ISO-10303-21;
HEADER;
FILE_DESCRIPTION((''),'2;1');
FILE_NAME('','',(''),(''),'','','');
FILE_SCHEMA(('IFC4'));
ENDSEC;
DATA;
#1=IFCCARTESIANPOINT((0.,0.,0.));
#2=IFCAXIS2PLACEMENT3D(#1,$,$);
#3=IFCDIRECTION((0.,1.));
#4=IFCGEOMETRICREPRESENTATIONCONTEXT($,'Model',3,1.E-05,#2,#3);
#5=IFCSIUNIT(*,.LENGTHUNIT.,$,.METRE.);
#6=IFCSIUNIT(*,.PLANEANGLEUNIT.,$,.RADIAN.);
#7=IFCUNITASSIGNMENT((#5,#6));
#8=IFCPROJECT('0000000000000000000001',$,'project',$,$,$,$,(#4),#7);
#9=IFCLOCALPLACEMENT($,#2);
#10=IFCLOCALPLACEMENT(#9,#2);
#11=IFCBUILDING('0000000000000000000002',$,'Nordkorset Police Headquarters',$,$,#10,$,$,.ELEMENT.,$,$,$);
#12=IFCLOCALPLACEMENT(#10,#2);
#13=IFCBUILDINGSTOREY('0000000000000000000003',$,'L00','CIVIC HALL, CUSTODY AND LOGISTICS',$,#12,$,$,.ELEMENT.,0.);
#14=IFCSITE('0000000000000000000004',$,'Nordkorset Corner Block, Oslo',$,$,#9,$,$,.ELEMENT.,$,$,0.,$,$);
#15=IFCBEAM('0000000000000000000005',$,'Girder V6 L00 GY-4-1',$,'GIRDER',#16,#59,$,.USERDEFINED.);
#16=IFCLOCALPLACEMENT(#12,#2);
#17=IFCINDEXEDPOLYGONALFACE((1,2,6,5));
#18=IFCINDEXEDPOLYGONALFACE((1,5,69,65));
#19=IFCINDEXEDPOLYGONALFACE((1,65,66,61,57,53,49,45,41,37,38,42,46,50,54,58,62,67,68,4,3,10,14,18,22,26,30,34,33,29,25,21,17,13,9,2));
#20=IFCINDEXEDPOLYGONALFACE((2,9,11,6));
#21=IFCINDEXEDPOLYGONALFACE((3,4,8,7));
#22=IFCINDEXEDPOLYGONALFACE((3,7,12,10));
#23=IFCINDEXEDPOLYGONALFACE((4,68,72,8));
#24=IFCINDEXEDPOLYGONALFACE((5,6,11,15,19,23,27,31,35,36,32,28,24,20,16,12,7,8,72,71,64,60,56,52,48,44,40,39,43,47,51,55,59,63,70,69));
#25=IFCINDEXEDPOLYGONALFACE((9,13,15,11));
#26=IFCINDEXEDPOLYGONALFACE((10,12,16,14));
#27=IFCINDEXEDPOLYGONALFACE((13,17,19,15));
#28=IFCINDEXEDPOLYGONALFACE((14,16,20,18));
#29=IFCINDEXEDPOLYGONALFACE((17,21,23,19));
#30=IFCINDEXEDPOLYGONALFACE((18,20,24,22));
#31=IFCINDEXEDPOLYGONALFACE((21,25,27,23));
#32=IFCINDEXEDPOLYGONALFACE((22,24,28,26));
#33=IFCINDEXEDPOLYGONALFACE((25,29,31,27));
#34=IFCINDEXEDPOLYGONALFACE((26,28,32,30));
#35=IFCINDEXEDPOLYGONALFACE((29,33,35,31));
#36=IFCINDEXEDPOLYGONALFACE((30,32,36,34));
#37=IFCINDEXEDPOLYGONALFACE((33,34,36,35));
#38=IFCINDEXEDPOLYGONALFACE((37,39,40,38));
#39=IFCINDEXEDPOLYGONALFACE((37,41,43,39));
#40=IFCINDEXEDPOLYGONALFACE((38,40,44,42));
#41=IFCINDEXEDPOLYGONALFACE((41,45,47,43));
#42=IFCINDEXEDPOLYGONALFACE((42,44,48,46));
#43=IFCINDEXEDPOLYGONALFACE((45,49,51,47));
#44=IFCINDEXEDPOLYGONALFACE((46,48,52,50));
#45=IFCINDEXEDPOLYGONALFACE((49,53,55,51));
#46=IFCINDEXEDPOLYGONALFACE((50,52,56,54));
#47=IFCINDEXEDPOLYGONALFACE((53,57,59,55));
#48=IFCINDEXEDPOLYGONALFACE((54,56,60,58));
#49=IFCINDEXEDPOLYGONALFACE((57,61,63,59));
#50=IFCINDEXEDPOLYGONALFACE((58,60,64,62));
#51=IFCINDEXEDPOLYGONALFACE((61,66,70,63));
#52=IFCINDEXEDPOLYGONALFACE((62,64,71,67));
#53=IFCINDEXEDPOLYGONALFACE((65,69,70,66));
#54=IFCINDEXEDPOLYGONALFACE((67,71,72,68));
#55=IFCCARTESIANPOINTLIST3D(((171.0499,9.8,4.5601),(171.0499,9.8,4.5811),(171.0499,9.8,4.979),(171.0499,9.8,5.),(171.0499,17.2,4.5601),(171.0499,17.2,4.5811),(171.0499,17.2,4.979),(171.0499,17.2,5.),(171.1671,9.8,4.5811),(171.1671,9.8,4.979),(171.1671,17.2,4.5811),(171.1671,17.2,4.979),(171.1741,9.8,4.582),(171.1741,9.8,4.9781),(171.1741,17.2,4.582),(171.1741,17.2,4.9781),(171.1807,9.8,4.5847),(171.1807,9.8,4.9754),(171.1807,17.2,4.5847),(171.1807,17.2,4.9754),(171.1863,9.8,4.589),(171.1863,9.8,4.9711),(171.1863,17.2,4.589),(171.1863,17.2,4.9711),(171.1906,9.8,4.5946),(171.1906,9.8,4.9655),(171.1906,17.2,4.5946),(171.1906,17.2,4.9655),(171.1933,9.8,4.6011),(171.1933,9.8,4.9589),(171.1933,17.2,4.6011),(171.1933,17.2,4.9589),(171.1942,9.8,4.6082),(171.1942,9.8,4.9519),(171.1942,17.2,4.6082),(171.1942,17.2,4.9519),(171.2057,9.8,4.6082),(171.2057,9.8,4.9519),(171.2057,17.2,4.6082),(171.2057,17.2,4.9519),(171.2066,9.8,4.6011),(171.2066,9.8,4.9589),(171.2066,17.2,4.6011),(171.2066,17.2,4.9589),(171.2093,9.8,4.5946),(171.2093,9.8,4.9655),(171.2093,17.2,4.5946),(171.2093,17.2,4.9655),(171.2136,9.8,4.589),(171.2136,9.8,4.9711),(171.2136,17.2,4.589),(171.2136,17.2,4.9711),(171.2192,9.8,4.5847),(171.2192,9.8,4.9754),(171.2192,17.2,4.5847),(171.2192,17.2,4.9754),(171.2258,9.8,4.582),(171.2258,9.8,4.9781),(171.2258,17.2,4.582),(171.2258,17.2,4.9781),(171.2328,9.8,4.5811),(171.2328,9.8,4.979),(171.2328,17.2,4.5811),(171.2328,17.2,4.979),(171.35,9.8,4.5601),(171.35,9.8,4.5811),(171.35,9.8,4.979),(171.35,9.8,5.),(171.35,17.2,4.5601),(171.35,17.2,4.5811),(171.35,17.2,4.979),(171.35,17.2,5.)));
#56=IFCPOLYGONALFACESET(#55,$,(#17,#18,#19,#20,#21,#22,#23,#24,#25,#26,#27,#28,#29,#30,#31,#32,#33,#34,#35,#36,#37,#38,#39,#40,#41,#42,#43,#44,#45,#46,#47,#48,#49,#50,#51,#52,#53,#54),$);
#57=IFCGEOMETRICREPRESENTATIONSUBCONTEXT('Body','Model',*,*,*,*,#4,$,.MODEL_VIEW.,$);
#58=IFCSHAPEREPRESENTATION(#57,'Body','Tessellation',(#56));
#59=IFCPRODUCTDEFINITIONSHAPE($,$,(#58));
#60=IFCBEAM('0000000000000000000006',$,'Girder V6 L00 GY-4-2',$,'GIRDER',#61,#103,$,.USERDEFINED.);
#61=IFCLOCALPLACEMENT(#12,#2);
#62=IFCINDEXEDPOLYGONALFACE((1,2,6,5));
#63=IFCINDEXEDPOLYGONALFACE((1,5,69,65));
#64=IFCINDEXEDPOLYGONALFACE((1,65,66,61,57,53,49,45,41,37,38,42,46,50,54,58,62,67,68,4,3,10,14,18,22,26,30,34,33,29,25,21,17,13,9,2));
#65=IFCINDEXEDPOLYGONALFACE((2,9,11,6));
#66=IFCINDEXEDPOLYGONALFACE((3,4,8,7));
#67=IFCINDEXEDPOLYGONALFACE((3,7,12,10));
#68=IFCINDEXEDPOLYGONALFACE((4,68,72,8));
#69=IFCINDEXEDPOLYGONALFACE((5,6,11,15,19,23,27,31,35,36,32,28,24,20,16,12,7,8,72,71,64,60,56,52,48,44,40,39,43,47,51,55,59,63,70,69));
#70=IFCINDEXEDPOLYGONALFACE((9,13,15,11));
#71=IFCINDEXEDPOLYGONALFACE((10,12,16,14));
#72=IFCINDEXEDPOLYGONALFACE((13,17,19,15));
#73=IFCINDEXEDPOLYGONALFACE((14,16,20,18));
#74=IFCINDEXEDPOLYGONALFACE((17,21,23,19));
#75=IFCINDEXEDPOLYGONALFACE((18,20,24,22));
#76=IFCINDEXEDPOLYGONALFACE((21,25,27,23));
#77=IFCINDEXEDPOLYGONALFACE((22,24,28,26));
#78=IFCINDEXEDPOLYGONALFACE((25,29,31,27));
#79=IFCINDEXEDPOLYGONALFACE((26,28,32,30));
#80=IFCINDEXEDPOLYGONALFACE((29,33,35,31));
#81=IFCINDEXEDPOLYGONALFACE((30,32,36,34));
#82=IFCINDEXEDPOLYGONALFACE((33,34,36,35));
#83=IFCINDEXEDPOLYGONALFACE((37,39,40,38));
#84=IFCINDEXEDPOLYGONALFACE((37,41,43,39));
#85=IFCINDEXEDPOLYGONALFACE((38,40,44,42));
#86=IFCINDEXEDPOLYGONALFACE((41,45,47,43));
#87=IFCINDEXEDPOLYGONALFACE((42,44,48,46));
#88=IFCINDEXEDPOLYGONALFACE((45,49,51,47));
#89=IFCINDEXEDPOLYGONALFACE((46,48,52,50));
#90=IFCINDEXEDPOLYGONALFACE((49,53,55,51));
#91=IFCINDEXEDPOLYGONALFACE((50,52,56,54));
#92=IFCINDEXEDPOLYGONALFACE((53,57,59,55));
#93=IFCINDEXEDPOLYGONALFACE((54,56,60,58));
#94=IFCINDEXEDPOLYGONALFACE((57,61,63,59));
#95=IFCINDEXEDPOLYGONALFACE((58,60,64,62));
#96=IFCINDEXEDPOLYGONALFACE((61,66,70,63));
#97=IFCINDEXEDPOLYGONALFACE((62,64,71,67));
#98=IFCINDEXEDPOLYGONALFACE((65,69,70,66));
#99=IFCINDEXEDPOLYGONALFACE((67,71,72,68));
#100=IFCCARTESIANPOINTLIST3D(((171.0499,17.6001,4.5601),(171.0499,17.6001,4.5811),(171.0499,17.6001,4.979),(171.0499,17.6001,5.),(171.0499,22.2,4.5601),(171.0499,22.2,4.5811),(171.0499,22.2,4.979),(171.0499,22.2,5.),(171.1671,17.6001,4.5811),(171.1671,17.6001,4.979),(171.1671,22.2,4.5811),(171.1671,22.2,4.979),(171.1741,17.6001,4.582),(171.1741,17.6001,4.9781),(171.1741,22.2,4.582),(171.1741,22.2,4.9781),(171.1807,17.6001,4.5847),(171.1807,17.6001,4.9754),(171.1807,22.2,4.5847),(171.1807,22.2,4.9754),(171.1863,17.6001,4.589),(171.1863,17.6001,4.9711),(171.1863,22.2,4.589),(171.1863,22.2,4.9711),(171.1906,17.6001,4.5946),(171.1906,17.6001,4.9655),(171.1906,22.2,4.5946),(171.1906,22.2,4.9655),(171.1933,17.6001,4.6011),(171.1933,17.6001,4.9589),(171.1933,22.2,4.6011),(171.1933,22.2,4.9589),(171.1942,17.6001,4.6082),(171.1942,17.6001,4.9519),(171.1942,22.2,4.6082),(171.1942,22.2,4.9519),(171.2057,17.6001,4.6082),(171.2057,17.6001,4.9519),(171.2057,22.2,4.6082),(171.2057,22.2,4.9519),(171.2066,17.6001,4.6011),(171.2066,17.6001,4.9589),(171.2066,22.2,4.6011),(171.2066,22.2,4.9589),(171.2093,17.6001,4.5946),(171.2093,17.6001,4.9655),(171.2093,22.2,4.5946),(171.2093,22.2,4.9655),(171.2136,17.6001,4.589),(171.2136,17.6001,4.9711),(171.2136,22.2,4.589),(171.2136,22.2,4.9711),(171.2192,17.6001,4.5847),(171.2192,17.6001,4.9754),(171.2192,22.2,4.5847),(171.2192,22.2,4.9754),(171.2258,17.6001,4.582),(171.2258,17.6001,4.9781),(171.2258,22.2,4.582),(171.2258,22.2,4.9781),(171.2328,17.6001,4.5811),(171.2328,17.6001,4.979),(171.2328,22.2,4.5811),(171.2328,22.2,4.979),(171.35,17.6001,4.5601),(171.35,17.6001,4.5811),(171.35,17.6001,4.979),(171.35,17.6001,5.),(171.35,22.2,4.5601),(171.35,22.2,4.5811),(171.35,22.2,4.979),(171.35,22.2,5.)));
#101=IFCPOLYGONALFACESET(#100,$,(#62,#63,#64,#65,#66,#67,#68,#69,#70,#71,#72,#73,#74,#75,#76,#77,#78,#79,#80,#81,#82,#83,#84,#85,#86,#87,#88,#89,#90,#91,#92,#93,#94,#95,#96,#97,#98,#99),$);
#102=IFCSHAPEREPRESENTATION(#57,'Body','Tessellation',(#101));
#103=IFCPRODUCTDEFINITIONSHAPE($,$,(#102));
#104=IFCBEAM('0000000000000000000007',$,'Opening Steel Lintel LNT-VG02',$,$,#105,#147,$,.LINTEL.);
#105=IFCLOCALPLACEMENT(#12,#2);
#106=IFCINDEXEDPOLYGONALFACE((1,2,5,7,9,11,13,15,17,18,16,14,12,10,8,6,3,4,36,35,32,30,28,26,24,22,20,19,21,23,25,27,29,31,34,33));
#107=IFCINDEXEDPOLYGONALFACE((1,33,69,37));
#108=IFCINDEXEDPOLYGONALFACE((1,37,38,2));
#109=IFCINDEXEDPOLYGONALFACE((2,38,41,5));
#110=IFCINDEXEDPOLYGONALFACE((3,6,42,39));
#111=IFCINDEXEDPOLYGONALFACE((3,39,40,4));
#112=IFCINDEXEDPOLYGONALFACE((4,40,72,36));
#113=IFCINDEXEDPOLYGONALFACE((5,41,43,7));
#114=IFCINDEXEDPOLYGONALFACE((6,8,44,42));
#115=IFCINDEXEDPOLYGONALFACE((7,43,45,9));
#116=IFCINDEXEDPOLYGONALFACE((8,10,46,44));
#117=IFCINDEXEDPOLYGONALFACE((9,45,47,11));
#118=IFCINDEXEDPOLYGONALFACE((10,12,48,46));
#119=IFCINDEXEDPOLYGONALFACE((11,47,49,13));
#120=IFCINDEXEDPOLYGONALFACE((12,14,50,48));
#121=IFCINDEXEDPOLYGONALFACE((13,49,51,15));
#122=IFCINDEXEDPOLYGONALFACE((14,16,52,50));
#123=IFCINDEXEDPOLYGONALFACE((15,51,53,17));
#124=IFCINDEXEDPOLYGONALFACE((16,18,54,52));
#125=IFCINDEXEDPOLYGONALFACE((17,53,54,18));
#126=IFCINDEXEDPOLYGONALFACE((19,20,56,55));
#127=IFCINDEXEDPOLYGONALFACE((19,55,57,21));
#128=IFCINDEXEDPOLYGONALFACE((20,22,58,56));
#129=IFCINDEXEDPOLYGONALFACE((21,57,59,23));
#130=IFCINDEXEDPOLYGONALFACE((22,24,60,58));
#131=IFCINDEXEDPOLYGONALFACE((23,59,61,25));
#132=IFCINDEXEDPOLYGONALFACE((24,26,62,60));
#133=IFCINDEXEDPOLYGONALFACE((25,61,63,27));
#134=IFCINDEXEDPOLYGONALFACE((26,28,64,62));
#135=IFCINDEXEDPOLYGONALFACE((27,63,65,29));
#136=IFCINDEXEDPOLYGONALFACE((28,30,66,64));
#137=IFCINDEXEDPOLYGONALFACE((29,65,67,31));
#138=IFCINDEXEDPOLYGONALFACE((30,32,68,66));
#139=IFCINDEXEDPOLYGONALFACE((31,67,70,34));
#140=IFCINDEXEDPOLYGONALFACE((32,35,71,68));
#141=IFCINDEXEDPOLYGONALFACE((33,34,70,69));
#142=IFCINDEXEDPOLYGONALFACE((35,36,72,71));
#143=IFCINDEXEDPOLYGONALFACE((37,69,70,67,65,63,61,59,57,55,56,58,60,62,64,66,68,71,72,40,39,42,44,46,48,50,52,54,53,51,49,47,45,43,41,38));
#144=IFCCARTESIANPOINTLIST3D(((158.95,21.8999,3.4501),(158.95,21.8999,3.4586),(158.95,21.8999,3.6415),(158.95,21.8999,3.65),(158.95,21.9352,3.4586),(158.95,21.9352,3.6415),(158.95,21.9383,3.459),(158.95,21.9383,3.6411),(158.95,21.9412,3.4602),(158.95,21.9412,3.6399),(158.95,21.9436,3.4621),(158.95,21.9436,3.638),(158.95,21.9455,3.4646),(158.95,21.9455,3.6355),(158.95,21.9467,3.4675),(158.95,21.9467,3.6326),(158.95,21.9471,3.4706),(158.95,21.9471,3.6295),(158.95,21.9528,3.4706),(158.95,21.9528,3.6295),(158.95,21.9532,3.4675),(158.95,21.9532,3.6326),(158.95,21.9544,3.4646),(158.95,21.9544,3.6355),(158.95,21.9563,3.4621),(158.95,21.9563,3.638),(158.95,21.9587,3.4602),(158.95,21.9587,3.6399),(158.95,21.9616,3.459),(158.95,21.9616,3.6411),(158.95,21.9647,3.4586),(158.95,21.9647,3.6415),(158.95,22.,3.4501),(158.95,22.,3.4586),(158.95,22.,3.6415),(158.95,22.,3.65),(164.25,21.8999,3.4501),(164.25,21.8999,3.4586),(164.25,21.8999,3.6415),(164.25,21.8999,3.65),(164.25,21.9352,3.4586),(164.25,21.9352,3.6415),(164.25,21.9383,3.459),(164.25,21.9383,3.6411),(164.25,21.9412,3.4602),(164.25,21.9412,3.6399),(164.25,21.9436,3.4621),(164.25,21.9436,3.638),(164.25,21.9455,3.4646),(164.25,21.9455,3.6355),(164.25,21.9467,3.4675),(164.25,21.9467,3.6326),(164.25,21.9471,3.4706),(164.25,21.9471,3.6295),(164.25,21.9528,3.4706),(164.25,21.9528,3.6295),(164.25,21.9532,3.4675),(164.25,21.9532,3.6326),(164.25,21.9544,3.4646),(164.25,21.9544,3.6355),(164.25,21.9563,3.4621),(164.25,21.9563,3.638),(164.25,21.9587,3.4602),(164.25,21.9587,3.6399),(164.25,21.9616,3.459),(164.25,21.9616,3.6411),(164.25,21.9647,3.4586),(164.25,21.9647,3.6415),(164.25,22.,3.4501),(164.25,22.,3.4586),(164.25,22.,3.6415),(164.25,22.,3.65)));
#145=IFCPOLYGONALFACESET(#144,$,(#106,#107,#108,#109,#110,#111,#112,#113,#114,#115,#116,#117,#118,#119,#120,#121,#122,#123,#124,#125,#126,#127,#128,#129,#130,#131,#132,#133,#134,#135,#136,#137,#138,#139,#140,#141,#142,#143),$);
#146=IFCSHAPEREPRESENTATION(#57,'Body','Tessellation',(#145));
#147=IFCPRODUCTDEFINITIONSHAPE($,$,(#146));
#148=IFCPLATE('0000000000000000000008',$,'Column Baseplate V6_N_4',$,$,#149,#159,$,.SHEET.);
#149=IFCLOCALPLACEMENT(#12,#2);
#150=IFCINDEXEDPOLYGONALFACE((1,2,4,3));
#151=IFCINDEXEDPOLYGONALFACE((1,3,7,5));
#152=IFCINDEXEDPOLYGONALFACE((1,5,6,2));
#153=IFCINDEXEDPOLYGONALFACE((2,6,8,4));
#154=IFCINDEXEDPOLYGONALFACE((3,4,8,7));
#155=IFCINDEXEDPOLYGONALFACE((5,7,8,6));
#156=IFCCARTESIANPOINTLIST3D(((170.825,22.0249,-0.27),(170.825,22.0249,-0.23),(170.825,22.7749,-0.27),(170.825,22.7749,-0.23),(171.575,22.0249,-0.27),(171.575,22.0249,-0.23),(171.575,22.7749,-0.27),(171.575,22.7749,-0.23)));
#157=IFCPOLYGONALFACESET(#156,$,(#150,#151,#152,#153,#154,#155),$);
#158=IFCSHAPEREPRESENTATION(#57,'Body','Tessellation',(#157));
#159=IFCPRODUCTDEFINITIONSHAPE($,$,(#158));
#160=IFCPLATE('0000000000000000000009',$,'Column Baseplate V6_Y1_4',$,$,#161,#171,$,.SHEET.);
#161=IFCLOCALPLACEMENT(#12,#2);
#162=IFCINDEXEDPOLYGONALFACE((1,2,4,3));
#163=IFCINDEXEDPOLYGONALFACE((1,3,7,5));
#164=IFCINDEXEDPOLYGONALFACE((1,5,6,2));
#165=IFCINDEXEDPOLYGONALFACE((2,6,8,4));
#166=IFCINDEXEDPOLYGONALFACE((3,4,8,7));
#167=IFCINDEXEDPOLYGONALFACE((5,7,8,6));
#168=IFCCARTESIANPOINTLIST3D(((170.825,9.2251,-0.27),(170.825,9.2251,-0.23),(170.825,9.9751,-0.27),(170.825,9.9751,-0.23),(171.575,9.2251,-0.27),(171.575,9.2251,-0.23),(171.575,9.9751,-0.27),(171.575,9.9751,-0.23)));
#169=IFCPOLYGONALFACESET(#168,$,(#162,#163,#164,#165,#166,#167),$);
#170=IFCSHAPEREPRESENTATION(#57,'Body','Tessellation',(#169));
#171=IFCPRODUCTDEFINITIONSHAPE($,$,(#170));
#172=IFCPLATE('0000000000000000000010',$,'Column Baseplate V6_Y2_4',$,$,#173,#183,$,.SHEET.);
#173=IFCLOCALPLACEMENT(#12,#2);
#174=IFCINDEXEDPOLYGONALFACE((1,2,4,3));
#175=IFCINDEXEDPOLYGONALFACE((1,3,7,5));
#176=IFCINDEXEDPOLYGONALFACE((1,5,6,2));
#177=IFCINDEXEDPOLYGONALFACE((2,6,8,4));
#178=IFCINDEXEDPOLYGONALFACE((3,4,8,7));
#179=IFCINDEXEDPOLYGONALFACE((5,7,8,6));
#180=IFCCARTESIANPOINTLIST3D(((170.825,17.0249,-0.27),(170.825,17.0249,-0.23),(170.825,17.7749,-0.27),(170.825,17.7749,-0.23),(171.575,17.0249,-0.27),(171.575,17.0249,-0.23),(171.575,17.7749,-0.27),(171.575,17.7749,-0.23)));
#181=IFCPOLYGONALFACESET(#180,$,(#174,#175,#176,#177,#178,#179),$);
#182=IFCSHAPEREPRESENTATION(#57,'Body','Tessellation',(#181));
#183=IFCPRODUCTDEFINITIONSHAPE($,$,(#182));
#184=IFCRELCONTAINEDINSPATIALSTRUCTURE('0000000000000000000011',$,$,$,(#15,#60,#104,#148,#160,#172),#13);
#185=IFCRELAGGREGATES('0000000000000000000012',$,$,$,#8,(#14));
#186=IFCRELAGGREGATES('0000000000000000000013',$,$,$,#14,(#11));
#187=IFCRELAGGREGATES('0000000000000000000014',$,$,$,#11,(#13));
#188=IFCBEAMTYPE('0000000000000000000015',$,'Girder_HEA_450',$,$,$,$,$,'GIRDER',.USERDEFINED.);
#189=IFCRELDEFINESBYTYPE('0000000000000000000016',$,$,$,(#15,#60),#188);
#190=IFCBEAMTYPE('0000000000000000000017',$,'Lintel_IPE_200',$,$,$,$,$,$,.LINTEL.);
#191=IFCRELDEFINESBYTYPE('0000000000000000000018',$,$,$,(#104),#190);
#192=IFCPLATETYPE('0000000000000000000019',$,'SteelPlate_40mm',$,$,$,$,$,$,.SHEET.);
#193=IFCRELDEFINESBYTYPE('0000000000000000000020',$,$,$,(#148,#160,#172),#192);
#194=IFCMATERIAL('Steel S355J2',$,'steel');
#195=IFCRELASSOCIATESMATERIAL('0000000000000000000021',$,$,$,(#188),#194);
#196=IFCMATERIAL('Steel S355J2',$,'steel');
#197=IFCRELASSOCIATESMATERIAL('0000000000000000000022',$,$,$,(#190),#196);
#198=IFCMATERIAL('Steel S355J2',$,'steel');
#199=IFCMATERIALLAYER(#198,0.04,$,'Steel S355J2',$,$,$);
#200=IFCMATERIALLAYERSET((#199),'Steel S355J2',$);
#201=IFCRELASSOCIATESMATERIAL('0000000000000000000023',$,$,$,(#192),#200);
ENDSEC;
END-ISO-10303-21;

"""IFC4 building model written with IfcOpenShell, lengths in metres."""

from ifc_helpers import new_model, si_unit, direction, frame, origin, origin_2d, place, context, subcontext, project, spatial, rectangle, i_section, extrude, material, layer, layer_set, material_profile, profile_set, type_object, element, save


model = new_model("IFC4")

# Units and contexts
model_context = context("Model", 3, precision=1e-05, world=origin(), true_north=direction((0.0, 1.0)))
body_context = subcontext(model_context, "Body", "Model", "MODEL_VIEW")
ifc_project = project(units=[si_unit("LENGTHUNIT", "METRE"), si_unit("PLANEANGLEUNIT", "RADIAN")], contexts=[model_context])

# Site, building, storey
site_placement = place(None, origin())
site = spatial("IfcSite", under=ifc_project, at=site_placement, Name="Nordkorset Corner Block, Oslo", CompositionType="ELEMENT", RefElevation=0.0)
building_placement = place(site_placement, origin())
building = spatial("IfcBuilding", under=site, at=building_placement, Name="Nordkorset Police Headquarters", CompositionType="ELEMENT")
storey_placement = place(building_placement, origin())
storey = spatial("IfcBuildingStorey", under=building, at=storey_placement, Name="L00", Description="CIVIC HALL, CUSTODY AND LOGISTICS", CompositionType="ELEMENT", Elevation=0.0)

# Beams
ifc_material_1 = material(Name="Steel S355J2", Category="steel")
ifc_material_profile_1 = material_profile(ifc_material_1, i_section(OverallWidth=0.3, OverallDepth=0.4399, WebThickness=0.0115, FlangeThickness=0.021, FilletRadius=0.0271, at=origin_2d()), Name="HEA 450")
ifc_profile_set_1 = profile_set([ifc_material_profile_1], Name="Steel S355J2")
beam_type_1 = type_object("IfcBeamType", Name="Girder_HEA_450", ElementType="GIRDER", PredefinedType="USERDEFINED", material=ifc_profile_set_1)
beam_1_placement = place(storey_placement, frame((171.2, 9.8, 4.78), z_axis=(0.0, 1.0, 0.0), x_axis=(-1.0, 0.0, 0.0)))
element("IfcBeam", 1, at=beam_1_placement, inside=storey, type_object=beam_type_1, Name="Girder V6 L00 GY-4-1", ObjectType="GIRDER", PredefinedType="USERDEFINED", context=body_context, shape_type="SweptSolid", body=[
    extrude(i_section(OverallWidth=0.3, OverallDepth=0.4399, WebThickness=0.0115, FlangeThickness=0.021, FilletRadius=0.0271, at=origin_2d()), origin(), (0.0, 0.0, 1.0), 7.3999),
])
beam_2_placement = place(storey_placement, frame((171.2, 17.6001, 4.78), z_axis=(0.0, 1.0, 0.0), x_axis=(-1.0, 0.0, 0.0)))
element("IfcBeam", 2, at=beam_2_placement, inside=storey, type_object=beam_type_1, Name="Girder V6 L00 GY-4-2", ObjectType="GIRDER", PredefinedType="USERDEFINED", context=body_context, shape_type="SweptSolid", body=[
    extrude(i_section(OverallWidth=0.3, OverallDepth=0.4399, WebThickness=0.0115, FlangeThickness=0.021, FilletRadius=0.0271, at=origin_2d()), origin(), (0.0, 0.0, 1.0), 4.5999),
])
ifc_material_2 = material(Name="Steel S355J2", Category="steel")
ifc_material_profile_2 = material_profile(ifc_material_2, i_section(OverallWidth=0.1001, OverallDepth=0.2, WebThickness=0.0056, FlangeThickness=0.0085, FilletRadius=0.012, at=origin_2d()), Name="IPE 200")
ifc_profile_set_2 = profile_set([ifc_material_profile_2], Name="Steel S355J2")
beam_type_2 = type_object("IfcBeamType", Name="Lintel_IPE_200", PredefinedType="LINTEL", material=ifc_profile_set_2)
beam_3_placement = place(storey_placement, frame((158.95, 21.95, 3.55), z_axis=(1.0, 0.0, 0.0), x_axis=(0.0, 1.0, 0.0)))
element("IfcBeam", 3, at=beam_3_placement, inside=storey, type_object=beam_type_2, Name="Opening Steel Lintel LNT-VG02", PredefinedType="LINTEL", context=body_context, shape_type="SweptSolid", body=[
    extrude(i_section(OverallWidth=0.1001, OverallDepth=0.2, WebThickness=0.0056, FlangeThickness=0.0085, FilletRadius=0.012, at=origin_2d()), origin(), (0.0, 0.0, 1.0), 5.3),
])

# Plates
ifc_material_3 = material(Name="Steel S355J2", Category="steel")
ifc_layer_1 = layer(ifc_material_3, 0.04, Name="Steel S355J2")
ifc_layer_set_1 = layer_set([ifc_layer_1], Name="Steel S355J2")
plate_type = type_object("IfcPlateType", Name="SteelPlate_40mm", PredefinedType="SHEET", material=ifc_layer_set_1)
for number, where, z_axis, x_axis, name in (
    (4, (171.2, 22.3999, -0.27), (0.0, 0.0, 1.0), (1.0, 0.0, 0.0), "Column Baseplate V6_N_4"),
    (5, (171.2, 9.6001, -0.27), (0.0, 0.0, 1.0), (1.0, 0.0, 0.0), "Column Baseplate V6_Y1_4"),
    (6, (171.2, 17.3999, -0.27), (0.0, 0.0, 1.0), (1.0, 0.0, 0.0), "Column Baseplate V6_Y2_4"),
):
    element("IfcPlate", number, at=place(storey_placement, frame(where, z_axis=z_axis, x_axis=x_axis)), inside=storey, type_object=plate_type, Name=name, PredefinedType="SHEET", context=body_context, shape_type="SweptSolid", body=[
        extrude(rectangle(XDim=0.75, YDim=0.75, at=origin_2d()), origin(), (0.0, 0.0, 1.0), 0.04),
    ])

save(model, "model.ifc")
